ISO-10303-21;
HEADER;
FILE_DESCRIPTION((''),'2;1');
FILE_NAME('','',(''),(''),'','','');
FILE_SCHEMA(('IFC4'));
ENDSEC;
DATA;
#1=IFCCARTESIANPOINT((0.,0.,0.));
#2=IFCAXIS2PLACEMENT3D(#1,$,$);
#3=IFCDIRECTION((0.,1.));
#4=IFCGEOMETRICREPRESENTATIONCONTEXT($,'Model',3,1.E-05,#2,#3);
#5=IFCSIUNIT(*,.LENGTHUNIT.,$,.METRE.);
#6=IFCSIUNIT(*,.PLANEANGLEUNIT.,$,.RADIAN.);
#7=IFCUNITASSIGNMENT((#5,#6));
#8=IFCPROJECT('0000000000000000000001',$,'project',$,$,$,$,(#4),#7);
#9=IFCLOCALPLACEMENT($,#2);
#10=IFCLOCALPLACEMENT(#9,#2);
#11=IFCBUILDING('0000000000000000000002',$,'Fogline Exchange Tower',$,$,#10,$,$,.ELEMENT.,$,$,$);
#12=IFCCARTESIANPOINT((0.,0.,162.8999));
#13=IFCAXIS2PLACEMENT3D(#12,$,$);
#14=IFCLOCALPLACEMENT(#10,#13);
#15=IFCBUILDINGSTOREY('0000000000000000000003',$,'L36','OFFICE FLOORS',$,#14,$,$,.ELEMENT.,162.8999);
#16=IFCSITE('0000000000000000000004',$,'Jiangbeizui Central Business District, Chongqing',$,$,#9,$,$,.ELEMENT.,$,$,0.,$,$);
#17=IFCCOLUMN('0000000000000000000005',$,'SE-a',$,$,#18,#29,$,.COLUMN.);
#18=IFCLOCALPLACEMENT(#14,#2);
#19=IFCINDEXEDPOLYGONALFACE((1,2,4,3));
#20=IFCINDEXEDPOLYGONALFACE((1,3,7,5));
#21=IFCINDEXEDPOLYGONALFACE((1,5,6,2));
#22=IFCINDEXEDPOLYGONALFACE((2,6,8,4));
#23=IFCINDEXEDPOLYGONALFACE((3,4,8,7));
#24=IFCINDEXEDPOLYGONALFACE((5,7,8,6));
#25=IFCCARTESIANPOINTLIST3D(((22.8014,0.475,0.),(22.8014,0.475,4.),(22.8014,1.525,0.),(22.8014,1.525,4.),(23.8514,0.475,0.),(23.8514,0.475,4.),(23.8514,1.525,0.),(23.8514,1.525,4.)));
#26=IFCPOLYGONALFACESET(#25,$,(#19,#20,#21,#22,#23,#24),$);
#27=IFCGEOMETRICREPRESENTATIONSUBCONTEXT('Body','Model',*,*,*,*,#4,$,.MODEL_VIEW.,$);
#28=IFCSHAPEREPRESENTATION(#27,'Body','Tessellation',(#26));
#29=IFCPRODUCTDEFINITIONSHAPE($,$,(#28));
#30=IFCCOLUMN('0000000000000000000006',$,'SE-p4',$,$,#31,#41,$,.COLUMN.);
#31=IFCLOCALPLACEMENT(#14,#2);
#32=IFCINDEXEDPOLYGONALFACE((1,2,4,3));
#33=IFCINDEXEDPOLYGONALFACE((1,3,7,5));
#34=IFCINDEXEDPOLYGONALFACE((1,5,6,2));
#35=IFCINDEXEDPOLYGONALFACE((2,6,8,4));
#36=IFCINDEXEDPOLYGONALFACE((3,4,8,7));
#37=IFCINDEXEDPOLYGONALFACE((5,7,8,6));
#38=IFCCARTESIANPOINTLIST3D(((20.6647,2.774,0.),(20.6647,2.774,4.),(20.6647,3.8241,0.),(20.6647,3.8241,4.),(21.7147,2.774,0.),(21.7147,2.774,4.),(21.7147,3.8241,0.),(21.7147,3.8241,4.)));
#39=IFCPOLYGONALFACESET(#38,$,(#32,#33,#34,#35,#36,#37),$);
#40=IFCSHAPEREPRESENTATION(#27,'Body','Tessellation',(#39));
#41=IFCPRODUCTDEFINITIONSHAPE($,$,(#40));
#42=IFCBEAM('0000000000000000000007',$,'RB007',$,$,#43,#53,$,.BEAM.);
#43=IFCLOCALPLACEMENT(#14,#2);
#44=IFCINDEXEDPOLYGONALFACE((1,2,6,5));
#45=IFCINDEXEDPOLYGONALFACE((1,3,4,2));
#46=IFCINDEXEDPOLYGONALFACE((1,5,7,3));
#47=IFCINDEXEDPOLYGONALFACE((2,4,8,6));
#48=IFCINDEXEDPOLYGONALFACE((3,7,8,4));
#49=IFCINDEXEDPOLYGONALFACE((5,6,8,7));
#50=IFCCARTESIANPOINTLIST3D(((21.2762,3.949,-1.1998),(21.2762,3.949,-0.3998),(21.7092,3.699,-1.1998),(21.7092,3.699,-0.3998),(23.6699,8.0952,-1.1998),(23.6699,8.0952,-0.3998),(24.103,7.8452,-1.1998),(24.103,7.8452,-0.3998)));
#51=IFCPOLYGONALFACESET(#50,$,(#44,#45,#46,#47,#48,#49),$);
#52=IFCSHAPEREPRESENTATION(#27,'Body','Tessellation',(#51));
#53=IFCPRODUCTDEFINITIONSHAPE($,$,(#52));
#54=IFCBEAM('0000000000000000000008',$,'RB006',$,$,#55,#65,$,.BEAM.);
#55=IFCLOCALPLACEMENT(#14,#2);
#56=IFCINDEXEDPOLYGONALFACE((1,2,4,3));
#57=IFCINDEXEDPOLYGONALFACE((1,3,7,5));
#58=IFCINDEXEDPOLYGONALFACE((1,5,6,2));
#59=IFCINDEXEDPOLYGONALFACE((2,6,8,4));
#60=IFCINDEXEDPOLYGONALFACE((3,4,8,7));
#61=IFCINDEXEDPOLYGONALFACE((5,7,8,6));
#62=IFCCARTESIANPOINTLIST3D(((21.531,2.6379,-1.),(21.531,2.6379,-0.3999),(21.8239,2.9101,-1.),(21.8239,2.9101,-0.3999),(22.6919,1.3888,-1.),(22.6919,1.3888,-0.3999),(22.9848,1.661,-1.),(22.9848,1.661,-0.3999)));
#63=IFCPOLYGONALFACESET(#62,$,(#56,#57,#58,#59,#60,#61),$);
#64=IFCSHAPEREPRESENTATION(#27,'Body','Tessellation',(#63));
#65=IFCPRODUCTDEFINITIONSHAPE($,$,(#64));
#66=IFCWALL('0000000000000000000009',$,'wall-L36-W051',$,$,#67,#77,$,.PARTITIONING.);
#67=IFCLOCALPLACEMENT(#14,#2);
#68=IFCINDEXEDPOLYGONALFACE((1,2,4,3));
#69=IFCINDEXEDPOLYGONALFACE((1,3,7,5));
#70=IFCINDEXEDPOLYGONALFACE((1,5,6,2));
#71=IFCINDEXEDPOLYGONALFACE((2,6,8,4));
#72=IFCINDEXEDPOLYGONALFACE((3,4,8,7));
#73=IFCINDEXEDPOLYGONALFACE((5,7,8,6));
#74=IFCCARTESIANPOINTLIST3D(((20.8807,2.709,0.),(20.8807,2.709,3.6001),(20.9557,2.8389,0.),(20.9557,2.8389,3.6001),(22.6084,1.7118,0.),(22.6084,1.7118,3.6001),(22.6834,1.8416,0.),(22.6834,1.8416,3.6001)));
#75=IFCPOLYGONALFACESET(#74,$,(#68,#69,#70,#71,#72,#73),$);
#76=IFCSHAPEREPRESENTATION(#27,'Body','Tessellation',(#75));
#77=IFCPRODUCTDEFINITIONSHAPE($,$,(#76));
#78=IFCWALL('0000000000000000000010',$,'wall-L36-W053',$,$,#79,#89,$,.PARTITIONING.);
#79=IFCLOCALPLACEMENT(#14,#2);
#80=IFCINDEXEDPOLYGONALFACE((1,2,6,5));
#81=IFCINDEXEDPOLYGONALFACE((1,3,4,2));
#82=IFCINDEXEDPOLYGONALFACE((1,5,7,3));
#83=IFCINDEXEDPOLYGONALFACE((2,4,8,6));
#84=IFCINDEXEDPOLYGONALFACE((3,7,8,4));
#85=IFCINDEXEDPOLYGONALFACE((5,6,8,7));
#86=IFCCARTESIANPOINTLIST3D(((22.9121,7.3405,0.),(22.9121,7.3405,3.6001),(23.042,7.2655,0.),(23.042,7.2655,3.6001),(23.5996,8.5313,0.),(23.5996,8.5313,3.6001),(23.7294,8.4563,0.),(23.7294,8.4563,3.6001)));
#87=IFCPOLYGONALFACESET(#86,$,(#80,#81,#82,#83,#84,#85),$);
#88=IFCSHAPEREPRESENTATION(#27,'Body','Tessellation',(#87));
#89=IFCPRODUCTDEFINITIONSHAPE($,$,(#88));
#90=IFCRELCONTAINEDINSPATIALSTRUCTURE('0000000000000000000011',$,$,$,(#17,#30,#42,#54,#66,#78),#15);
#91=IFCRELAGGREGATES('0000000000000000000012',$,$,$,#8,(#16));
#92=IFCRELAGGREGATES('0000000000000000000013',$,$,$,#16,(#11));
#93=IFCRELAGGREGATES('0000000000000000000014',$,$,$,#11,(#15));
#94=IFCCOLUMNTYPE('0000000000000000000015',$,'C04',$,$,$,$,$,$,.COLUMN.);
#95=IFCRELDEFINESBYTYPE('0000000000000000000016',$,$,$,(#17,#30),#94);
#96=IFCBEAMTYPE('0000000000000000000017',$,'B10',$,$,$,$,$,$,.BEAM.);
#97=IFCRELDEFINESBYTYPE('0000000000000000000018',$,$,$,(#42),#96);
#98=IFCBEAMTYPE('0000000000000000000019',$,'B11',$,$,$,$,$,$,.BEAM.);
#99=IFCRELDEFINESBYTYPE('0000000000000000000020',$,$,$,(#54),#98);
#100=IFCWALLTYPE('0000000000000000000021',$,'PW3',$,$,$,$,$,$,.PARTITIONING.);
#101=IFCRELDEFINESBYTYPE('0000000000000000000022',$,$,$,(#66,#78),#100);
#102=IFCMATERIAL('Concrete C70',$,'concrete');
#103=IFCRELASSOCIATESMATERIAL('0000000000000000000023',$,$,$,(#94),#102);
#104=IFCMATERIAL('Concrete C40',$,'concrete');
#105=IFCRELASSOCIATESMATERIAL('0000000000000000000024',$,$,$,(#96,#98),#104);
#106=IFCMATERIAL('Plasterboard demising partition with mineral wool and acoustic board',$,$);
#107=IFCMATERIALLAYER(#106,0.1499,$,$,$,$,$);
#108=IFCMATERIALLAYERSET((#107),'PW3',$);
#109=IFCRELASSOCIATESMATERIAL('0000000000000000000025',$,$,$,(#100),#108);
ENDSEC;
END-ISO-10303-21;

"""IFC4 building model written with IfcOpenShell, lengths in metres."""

from ifc_helpers import new_model, si_unit, direction, frame, frame_2d, origin, origin_2d, place, context, subcontext, project, spatial, rectangle, extrude, material, layer, layer_set, material_profile, profile_set, type_object, element, save


model = new_model("IFC4")

# Units and contexts
model_context = context("Model", 3, precision=1e-05, world=origin(), true_north=direction((0.0, 1.0)))
body_context = subcontext(model_context, "Body", "Model", "MODEL_VIEW")
ifc_project = project(units=[si_unit("LENGTHUNIT", "METRE"), si_unit("PLANEANGLEUNIT", "RADIAN")], contexts=[model_context])

# Site, building, storey
site_placement = place(None, origin())
site = spatial("IfcSite", under=ifc_project, at=site_placement, Name="Jiangbeizui Central Business District, Chongqing", CompositionType="ELEMENT", RefElevation=0.0)
building_placement = place(site_placement, origin())
building = spatial("IfcBuilding", under=site, at=building_placement, Name="Fogline Exchange Tower", CompositionType="ELEMENT")
storey_placement = place(building_placement, frame((0.0, 0.0, 162.8999)))
storey = spatial("IfcBuildingStorey", under=building, at=storey_placement, Name="L36", Description="OFFICE FLOORS", CompositionType="ELEMENT", Elevation=162.8999)

# Columns
ifc_material_1 = material(Name="Concrete C70", Category="concrete")
ifc_material_profile_1 = material_profile(ifc_material_1, rectangle(XDim=1.05, YDim=1.05, at=origin_2d()), Name="RC 1050x1050")
ifc_profile_set_1 = profile_set([ifc_material_profile_1], Name="Concrete C70")
column_type = type_object("IfcColumnType", Name="C04", PredefinedType="COLUMN", material=ifc_profile_set_1)
for number, where, z_axis, x_axis, name in (
    (1, (23.3264, 1.0, 0.0), (0.0, 0.0, 1.0), (1.0, 0.0, 0.0), "SE-a"),
    (2, (21.1897, 3.2991, 0.0), (0.0, 0.0, 1.0), (1.0, 0.0, 0.0), "SE-p4"),
):
    element("IfcColumn", number, at=place(storey_placement, frame(where, z_axis=z_axis, x_axis=x_axis)), inside=storey, type_object=column_type, Name=name, PredefinedType="COLUMN", context=body_context, shape_type="SweptSolid", body=[
        extrude(rectangle(XDim=1.05, YDim=1.05, at=origin_2d()), origin(), (0.0, 0.0, 1.0), 4.0),
    ])

# Beams
ifc_material_2 = material(Name="Concrete C40", Category="concrete")
ifc_material_profile_2 = material_profile(ifc_material_2, rectangle(XDim=0.5, YDim=0.8, at=origin_2d()), Name="RC 500x800")
ifc_profile_set_2 = profile_set([ifc_material_profile_2], Name="Concrete C40")
beam_type_1 = type_object("IfcBeamType", Name="B10", PredefinedType="BEAM", material=ifc_profile_set_2)
beam_1_placement = place(storey_placement, frame((21.4927, 3.824, -0.7998), z_axis=(0.499995, 0.866028, 0.0), x_axis=(-0.866028, 0.499995, 0.0)))
element("IfcBeam", 3, at=beam_1_placement, inside=storey, type_object=beam_type_1, Name="RB007", PredefinedType="BEAM", context=body_context, shape_type="SweptSolid", body=[
    extrude(rectangle(XDim=0.5, YDim=0.8, at=origin_2d()), origin(), (0.0, 0.0, 1.0), 4.7876),
])
ifc_material_profile_3 = material_profile(ifc_material_2, rectangle(XDim=0.3999, YDim=0.6001, at=origin_2d()), Name="RC 400x600")
ifc_profile_set_3 = profile_set([ifc_material_profile_3], Name="Concrete C40")
beam_type_2 = type_object("IfcBeamType", Name="B11", PredefinedType="BEAM", material=ifc_profile_set_3)
beam_2_placement = place(storey_placement, frame((22.8384, 1.5249, -0.7), z_axis=(-0.680792, 0.732477, 0.0), x_axis=(-0.732477, -0.680792, 0.0)))
element("IfcBeam", 4, at=beam_2_placement, inside=storey, type_object=beam_type_2, Name="RB006", PredefinedType="BEAM", context=body_context, shape_type="SweptSolid", body=[
    extrude(rectangle(XDim=0.3999, YDim=0.6001, at=origin_2d()), origin(), (0.0, 0.0, 1.0), 1.7053),
])

# Walls
ifc_material_3 = material(Name="Plasterboard demising partition with mineral wool and acoustic board")
ifc_layer_1 = layer(ifc_material_3, 0.1499)
ifc_layer_set_1 = layer_set([ifc_layer_1], Name="PW3")
wall_type_1 = type_object("IfcWallType", Name="PW3", PredefinedType="PARTITIONING", material=ifc_layer_set_1)
wall_1_placement = place(storey_placement, frame((22.646, 1.7766, 0.0), z_axis=(0.0, 0.0, 1.0), x_axis=(-0.866074, 0.499917, 0.0)))
element("IfcWall", 5, at=wall_1_placement, inside=storey, type_object=wall_type_1, Name="wall-L36-W051", PredefinedType="PARTITIONING", context=body_context, shape_type="SweptSolid", body=[
    extrude(rectangle(XDim=1.9949, YDim=0.1499, at=frame_2d((0.9976, 0.0))), origin(), (0.0, 0.0, 1.0), 3.6001),
])
wall_2_placement = place(storey_placement, frame((22.9771, 7.303, 0.0), z_axis=(0.0, 0.0, 1.0), x_axis=(0.499958, 0.86605, 0.0)))
element("IfcWall", 6, at=wall_2_placement, inside=storey, type_object=wall_type_1, Name="wall-L36-W053", PredefinedType="PARTITIONING", context=body_context, shape_type="SweptSolid", body=[
    extrude(rectangle(XDim=1.375, YDim=0.1499, at=frame_2d((0.6875, 0.0))), origin(), (0.0, 0.0, 1.0), 3.6001),
])

save(model, "model.ifc")
